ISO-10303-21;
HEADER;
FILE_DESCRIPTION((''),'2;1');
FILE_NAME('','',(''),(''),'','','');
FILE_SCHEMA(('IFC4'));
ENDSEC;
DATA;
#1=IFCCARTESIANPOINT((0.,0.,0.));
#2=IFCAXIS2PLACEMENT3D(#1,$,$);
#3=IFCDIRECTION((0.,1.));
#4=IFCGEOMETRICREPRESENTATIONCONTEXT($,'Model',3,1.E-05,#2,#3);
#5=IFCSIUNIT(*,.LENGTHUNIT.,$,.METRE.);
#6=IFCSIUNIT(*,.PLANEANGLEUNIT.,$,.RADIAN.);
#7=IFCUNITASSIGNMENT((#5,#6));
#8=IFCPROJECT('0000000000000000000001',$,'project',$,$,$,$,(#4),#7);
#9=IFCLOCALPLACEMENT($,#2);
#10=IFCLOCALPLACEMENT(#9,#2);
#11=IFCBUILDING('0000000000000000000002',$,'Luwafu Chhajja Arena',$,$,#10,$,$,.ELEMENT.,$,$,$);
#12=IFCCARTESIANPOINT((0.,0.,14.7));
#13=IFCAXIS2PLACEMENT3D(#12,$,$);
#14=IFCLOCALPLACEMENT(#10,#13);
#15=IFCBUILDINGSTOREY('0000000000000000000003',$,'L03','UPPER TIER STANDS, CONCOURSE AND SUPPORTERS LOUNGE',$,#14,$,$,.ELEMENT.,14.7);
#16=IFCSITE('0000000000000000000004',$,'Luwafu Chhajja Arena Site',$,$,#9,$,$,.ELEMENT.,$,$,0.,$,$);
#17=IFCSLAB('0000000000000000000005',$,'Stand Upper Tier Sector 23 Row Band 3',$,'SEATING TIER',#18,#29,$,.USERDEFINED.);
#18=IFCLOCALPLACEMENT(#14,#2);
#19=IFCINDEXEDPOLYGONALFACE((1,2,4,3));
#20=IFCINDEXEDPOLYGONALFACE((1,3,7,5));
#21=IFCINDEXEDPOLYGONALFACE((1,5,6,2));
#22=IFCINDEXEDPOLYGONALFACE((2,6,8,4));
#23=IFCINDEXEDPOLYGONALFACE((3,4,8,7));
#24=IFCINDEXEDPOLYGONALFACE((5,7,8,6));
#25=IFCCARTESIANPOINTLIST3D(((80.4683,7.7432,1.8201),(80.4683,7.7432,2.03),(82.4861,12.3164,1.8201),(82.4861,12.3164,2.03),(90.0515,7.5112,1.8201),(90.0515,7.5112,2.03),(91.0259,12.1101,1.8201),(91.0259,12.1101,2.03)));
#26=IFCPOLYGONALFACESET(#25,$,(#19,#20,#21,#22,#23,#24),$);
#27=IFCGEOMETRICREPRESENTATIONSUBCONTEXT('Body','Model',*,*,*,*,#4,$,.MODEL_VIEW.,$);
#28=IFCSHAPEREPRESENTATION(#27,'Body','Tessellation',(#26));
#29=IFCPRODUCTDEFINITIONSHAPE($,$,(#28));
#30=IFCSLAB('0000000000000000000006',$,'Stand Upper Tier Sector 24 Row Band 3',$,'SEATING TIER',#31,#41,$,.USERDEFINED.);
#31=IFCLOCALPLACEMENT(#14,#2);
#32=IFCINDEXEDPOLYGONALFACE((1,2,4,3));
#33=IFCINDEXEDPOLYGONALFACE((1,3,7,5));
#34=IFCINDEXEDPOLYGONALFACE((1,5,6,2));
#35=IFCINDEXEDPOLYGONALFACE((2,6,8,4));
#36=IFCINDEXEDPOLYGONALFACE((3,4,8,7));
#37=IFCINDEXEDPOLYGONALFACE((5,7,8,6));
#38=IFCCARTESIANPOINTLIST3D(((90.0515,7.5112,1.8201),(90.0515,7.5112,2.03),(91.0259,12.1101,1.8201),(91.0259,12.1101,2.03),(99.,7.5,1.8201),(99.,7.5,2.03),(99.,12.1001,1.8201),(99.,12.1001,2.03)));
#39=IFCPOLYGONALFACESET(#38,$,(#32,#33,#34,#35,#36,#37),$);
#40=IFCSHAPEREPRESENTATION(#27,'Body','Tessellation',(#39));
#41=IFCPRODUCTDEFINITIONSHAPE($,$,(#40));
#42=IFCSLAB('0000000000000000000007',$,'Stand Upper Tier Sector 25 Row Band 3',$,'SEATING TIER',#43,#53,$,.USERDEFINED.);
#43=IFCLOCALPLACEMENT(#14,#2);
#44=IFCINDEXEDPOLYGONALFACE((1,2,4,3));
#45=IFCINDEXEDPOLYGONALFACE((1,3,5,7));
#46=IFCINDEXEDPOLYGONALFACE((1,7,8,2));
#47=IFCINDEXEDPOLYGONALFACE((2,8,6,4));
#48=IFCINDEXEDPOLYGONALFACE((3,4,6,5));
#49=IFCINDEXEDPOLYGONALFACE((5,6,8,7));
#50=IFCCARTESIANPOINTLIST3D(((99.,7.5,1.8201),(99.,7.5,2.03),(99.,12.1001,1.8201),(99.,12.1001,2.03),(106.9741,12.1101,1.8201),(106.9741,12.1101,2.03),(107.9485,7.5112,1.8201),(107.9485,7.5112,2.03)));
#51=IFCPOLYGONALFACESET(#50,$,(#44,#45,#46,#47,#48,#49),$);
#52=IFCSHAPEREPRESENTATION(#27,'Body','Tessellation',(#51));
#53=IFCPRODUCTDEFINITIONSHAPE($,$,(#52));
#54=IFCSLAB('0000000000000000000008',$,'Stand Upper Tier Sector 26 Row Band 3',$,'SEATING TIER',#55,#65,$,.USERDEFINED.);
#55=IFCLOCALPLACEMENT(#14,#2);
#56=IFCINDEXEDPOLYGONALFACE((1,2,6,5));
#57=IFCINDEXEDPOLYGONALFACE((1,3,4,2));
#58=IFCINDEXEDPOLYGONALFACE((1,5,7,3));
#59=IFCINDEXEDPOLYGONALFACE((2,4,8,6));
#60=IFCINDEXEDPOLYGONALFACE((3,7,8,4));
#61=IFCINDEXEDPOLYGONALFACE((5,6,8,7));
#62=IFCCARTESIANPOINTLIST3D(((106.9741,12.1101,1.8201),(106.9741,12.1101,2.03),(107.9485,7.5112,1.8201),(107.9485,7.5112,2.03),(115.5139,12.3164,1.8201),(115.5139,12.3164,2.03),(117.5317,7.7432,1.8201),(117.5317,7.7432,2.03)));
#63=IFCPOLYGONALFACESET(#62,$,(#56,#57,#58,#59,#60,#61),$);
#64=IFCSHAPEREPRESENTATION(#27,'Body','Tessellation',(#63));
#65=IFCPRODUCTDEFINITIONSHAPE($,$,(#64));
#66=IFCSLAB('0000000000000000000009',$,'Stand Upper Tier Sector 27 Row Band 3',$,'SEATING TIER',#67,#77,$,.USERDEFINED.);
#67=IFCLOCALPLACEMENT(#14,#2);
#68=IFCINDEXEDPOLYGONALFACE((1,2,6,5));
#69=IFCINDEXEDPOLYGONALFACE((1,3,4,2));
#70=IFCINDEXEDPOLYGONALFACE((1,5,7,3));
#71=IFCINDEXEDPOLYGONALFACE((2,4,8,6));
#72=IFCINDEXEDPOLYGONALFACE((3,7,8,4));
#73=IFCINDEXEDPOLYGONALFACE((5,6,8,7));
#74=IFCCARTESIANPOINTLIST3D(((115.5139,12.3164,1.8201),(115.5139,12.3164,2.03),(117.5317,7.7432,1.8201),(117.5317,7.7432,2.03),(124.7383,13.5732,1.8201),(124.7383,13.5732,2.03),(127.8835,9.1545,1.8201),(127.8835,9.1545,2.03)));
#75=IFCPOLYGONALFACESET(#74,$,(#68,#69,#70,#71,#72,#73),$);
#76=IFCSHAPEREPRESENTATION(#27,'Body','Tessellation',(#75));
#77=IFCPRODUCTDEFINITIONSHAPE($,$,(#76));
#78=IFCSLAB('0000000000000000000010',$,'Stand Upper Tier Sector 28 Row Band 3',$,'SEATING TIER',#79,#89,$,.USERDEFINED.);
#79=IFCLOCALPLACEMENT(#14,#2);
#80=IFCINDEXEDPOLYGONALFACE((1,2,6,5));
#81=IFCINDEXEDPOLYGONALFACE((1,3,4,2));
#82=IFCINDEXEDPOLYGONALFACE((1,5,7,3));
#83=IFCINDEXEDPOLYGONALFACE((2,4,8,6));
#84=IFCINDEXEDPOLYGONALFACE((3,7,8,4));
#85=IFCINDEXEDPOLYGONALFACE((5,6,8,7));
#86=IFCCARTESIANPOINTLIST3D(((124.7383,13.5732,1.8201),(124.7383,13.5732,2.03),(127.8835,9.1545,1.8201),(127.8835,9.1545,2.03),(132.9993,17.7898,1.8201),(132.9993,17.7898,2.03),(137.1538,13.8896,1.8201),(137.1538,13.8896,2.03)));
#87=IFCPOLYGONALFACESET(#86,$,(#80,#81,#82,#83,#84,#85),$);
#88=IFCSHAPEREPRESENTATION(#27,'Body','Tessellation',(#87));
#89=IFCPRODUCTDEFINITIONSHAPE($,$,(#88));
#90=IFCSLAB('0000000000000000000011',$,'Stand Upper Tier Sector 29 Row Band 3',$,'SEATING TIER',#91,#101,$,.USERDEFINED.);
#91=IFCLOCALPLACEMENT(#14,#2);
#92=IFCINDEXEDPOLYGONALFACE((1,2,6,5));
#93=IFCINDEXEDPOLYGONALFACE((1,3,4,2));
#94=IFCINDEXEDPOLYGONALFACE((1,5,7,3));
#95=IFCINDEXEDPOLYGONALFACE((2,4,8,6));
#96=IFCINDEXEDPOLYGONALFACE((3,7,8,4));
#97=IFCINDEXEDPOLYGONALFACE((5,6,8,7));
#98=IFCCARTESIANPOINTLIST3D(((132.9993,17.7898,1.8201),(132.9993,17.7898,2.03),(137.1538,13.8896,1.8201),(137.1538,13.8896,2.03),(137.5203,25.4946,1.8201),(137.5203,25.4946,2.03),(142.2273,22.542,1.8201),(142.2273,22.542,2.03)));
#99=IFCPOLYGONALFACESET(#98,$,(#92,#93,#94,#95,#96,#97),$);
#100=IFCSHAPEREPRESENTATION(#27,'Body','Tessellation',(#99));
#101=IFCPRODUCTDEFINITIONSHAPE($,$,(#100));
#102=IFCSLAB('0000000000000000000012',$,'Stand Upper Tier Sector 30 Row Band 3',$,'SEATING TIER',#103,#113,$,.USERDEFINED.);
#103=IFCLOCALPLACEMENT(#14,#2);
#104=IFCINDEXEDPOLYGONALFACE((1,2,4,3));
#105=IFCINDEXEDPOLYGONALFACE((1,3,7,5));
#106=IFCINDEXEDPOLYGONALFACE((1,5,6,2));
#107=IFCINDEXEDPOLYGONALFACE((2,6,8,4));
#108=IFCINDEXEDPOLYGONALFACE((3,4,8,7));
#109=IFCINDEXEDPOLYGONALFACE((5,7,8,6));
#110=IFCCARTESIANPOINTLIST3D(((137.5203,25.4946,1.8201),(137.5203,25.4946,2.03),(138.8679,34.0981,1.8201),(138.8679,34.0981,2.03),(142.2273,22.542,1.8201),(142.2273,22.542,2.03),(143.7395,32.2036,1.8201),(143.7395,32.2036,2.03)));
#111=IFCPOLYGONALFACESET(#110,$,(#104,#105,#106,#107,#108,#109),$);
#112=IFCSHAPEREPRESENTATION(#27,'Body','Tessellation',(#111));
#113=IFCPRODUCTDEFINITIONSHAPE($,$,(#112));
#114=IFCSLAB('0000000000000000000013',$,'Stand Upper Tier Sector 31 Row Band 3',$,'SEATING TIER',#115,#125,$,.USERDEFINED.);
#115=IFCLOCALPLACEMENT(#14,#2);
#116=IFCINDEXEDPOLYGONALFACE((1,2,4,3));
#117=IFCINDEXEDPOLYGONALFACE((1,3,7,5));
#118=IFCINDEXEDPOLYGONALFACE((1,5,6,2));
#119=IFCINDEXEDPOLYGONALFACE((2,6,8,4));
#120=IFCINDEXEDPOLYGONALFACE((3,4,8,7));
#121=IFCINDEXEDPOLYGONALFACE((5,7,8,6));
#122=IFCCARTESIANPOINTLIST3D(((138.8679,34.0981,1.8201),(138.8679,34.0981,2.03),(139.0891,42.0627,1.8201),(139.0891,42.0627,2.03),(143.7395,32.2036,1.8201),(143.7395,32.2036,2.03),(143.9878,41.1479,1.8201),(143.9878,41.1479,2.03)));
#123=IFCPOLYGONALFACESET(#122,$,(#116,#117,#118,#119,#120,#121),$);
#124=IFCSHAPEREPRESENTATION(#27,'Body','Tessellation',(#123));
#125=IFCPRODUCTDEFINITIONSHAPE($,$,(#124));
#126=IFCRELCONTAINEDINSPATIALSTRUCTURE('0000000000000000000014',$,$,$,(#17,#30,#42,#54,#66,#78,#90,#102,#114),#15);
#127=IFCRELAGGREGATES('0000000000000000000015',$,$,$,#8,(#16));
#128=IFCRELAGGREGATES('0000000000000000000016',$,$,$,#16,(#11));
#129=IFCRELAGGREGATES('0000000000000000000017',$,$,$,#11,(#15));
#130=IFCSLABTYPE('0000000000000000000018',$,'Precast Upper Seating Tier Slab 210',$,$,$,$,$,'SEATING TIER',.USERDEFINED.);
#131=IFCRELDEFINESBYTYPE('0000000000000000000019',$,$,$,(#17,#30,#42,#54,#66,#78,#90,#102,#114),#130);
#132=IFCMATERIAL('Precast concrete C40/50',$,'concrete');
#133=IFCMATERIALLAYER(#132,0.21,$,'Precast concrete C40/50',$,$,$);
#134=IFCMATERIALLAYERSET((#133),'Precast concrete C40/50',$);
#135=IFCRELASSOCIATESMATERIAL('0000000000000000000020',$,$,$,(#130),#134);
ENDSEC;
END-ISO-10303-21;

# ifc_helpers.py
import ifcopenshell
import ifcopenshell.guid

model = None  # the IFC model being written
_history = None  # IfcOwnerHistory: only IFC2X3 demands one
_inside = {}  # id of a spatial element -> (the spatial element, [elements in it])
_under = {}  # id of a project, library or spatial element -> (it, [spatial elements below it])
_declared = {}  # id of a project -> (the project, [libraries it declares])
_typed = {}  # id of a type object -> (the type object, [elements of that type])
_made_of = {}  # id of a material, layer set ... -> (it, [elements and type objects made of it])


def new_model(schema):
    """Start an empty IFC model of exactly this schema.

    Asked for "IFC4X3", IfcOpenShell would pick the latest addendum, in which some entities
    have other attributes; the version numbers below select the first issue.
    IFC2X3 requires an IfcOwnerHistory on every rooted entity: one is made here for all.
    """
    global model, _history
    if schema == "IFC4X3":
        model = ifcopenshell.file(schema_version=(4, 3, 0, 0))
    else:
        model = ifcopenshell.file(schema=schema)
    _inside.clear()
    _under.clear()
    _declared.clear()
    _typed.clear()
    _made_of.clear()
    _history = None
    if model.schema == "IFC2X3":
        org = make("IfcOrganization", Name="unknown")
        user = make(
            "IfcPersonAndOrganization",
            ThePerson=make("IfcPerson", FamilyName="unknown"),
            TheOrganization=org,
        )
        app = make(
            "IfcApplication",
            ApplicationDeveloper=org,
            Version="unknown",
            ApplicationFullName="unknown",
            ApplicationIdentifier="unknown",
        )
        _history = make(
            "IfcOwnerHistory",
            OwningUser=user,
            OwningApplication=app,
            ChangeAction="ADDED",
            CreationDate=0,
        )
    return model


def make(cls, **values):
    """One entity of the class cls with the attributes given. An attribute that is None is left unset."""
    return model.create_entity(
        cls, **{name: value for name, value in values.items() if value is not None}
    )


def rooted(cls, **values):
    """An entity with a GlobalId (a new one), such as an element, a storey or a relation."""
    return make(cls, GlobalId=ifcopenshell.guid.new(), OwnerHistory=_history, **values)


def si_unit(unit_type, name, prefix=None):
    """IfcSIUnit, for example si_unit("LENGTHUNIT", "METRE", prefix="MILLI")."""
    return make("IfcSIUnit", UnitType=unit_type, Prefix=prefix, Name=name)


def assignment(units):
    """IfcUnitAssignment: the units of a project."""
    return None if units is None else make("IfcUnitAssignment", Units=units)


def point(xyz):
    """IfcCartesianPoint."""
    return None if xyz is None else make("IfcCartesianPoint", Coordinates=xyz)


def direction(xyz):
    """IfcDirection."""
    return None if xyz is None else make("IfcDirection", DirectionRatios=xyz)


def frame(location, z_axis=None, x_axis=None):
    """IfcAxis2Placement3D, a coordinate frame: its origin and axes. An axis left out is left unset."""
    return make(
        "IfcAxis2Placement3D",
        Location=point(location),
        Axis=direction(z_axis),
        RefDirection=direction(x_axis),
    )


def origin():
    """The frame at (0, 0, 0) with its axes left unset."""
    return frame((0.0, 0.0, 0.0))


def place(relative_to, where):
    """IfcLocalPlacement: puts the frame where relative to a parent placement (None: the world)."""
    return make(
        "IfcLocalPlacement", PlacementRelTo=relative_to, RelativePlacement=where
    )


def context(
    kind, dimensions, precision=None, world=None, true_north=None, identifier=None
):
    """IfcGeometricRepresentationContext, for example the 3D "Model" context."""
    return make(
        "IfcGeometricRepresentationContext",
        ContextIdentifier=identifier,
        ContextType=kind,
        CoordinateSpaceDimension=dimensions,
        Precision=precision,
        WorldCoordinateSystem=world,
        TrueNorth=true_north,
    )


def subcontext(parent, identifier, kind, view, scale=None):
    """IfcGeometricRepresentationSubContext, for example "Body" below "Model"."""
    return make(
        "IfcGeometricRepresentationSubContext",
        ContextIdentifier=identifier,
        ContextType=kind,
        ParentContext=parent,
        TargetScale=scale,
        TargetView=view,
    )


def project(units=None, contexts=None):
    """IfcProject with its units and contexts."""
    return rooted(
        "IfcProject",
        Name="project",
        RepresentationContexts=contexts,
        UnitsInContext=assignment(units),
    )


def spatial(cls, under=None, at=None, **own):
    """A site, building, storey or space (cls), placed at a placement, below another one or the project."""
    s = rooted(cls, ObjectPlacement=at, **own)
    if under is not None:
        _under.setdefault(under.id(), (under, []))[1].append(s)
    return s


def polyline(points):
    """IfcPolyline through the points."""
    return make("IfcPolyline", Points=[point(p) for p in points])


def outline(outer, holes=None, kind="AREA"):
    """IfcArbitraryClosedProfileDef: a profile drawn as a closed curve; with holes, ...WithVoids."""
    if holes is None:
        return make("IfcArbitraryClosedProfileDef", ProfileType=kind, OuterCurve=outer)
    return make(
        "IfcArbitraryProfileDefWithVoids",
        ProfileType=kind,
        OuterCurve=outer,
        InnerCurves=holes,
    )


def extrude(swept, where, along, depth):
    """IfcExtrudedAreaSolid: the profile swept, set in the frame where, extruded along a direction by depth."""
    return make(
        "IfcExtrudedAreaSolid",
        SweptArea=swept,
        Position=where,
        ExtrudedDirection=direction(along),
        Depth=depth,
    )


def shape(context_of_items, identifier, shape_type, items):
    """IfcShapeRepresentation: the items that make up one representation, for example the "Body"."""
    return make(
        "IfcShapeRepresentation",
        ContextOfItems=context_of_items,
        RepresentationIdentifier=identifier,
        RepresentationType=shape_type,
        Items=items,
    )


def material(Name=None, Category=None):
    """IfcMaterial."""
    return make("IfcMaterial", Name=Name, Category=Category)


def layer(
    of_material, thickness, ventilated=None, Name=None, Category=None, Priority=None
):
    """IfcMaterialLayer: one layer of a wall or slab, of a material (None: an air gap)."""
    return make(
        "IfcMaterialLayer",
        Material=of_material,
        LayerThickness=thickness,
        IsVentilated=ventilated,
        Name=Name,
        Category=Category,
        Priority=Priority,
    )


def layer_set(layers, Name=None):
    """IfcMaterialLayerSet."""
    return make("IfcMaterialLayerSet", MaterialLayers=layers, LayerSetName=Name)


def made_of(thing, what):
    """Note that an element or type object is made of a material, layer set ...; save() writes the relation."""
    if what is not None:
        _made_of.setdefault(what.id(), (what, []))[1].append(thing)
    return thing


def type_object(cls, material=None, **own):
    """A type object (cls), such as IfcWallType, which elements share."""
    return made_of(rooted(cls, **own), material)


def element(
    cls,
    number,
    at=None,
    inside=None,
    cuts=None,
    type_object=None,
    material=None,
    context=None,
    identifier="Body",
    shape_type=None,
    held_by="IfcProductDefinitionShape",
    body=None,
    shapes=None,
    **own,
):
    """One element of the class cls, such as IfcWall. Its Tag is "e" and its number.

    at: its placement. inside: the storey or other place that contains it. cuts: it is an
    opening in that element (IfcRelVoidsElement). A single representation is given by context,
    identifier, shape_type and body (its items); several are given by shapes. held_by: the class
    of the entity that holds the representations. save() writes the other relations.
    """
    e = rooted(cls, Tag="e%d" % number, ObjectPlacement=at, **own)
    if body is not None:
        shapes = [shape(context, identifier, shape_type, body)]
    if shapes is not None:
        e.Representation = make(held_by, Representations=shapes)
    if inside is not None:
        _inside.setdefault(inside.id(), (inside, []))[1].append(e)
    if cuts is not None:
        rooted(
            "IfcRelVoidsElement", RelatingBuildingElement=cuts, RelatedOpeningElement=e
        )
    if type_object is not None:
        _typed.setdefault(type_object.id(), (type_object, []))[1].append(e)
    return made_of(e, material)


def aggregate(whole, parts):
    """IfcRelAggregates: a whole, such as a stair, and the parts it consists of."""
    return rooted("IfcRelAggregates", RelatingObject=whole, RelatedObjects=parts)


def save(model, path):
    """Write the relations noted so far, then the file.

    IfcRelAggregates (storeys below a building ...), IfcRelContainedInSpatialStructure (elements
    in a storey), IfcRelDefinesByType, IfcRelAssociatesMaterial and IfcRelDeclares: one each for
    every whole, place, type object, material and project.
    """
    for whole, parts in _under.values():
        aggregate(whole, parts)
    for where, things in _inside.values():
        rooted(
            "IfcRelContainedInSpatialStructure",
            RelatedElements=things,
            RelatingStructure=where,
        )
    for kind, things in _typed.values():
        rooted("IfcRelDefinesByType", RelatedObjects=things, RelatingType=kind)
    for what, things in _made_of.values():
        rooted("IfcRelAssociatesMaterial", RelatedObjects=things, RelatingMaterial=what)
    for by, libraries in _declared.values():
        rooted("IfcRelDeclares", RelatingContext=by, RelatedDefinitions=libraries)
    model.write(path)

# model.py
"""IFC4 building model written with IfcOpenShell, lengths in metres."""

from ifc_helpers import new_model, si_unit, direction, frame, origin, place, context, subcontext, project, spatial, polyline, outline, extrude, material, layer, layer_set, type_object, element, save


model = new_model("IFC4")

# Units and contexts
model_context = context("Model", 3, precision=1e-05, world=origin(), true_north=direction((0.0, 1.0)))
body_context = subcontext(model_context, "Body", "Model", "MODEL_VIEW")
ifc_project = project(units=[si_unit("LENGTHUNIT", "METRE"), si_unit("PLANEANGLEUNIT", "RADIAN")], contexts=[model_context])

# Site, building, storey
site_placement = place(None, origin())
site = spatial("IfcSite", under=ifc_project, at=site_placement, Name="Luwafu Chhajja Arena Site", CompositionType="ELEMENT", RefElevation=0.0)
building_placement = place(site_placement, origin())
building = spatial("IfcBuilding", under=site, at=building_placement, Name="Luwafu Chhajja Arena", CompositionType="ELEMENT")
storey_placement = place(building_placement, frame((0.0, 0.0, 14.7)))
storey = spatial("IfcBuildingStorey", under=building, at=storey_placement, Name="L03", Description="UPPER TIER STANDS, CONCOURSE AND SUPPORTERS LOUNGE", CompositionType="ELEMENT", Elevation=14.7)

# Slabs
ifc_material = material(Name="Precast concrete C40/50", Category="concrete")
ifc_layer = layer(ifc_material, 0.21, Name="Precast concrete C40/50")
ifc_layer_set = layer_set([ifc_layer], Name="Precast concrete C40/50")
slab_type = type_object("IfcSlabType", Name="Precast Upper Seating Tier Slab 210", ElementType="SEATING TIER", PredefinedType="USERDEFINED", material=ifc_layer_set)
slab_1_placement = place(storey_placement, frame((0.0, 0.0, 1.8201)))
element("IfcSlab", 1, at=slab_1_placement, inside=storey, type_object=slab_type, Name="Stand Upper Tier Sector 23 Row Band 3", ObjectType="SEATING TIER", PredefinedType="USERDEFINED", context=body_context, shape_type="SweptSolid", body=[
    extrude(outline(polyline([(82.4861, 12.3164), (91.0259, 12.1101), (90.0515, 7.5112), (80.4683, 7.7432), (82.4861, 12.3164)])), origin(), (0.0, 0.0, 1.0), 0.21),
])
slab_2_placement = place(storey_placement, frame((0.0, 0.0, 1.8201)))
element("IfcSlab", 2, at=slab_2_placement, inside=storey, type_object=slab_type, Name="Stand Upper Tier Sector 24 Row Band 3", ObjectType="SEATING TIER", PredefinedType="USERDEFINED", context=body_context, shape_type="SweptSolid", body=[
    extrude(outline(polyline([(91.0259, 12.1101), (99.0, 12.1001), (99.0, 7.5), (90.0515, 7.5112), (91.0259, 12.1101)])), origin(), (0.0, 0.0, 1.0), 0.21),
])
slab_3_placement = place(storey_placement, frame((0.0, 0.0, 1.8201)))
element("IfcSlab", 3, at=slab_3_placement, inside=storey, type_object=slab_type, Name="Stand Upper Tier Sector 25 Row Band 3", ObjectType="SEATING TIER", PredefinedType="USERDEFINED", context=body_context, shape_type="SweptSolid", body=[
    extrude(outline(polyline([(99.0, 12.1001), (106.9741, 12.1101), (107.9485, 7.5112), (99.0, 7.5), (99.0, 12.1001)])), origin(), (0.0, 0.0, 1.0), 0.21),
])
slab_4_placement = place(storey_placement, frame((0.0, 0.0, 1.8201)))
element("IfcSlab", 4, at=slab_4_placement, inside=storey, type_object=slab_type, Name="Stand Upper Tier Sector 26 Row Band 3", ObjectType="SEATING TIER", PredefinedType="USERDEFINED", context=body_context, shape_type="SweptSolid", body=[
    extrude(outline(polyline([(106.9741, 12.1101), (115.5139, 12.3164), (117.5317, 7.7432), (107.9485, 7.5112), (106.9741, 12.1101)])), origin(), (0.0, 0.0, 1.0), 0.21),
])
slab_5_placement = place(storey_placement, frame((0.0, 0.0, 1.8201)))
element("IfcSlab", 5, at=slab_5_placement, inside=storey, type_object=slab_type, Name="Stand Upper Tier Sector 27 Row Band 3", ObjectType="SEATING TIER", PredefinedType="USERDEFINED", context=body_context, shape_type="SweptSolid", body=[
    extrude(outline(polyline([(115.5139, 12.3164), (124.7383, 13.5732), (127.8835, 9.1545), (117.5317, 7.7432), (115.5139, 12.3164)])), origin(), (0.0, 0.0, 1.0), 0.21),
])
slab_6_placement = place(storey_placement, frame((0.0, 0.0, 1.8201)))
element("IfcSlab", 6, at=slab_6_placement, inside=storey, type_object=slab_type, Name="Stand Upper Tier Sector 28 Row Band 3", ObjectType="SEATING TIER", PredefinedType="USERDEFINED", context=body_context, shape_type="SweptSolid", body=[
    extrude(outline(polyline([(124.7383, 13.5732), (132.9993, 17.7898), (137.1538, 13.8896), (127.8835, 9.1545), (124.7383, 13.5732)])), origin(), (0.0, 0.0, 1.0), 0.21),
])
slab_7_placement = place(storey_placement, frame((0.0, 0.0, 1.8201)))
element("IfcSlab", 7, at=slab_7_placement, inside=storey, type_object=slab_type, Name="Stand Upper Tier Sector 29 Row Band 3", ObjectType="SEATING TIER", PredefinedType="USERDEFINED", context=body_context, shape_type="SweptSolid", body=[
    extrude(outline(polyline([(132.9993, 17.7898), (137.5203, 25.4946), (142.2273, 22.542), (137.1538, 13.8896), (132.9993, 17.7898)])), origin(), (0.0, 0.0, 1.0), 0.21),
])
slab_8_placement = place(storey_placement, frame((0.0, 0.0, 1.8201)))
element("IfcSlab", 8, at=slab_8_placement, inside=storey, type_object=slab_type, Name="Stand Upper Tier Sector 30 Row Band 3", ObjectType="SEATING TIER", PredefinedType="USERDEFINED", context=body_context, shape_type="SweptSolid", body=[
    extrude(outline(polyline([(137.5203, 25.4946), (138.8679, 34.0981), (143.7395, 32.2036), (142.2273, 22.542), (137.5203, 25.4946)])), origin(), (0.0, 0.0, 1.0), 0.21),
])
slab_9_placement = place(storey_placement, frame((0.0, 0.0, 1.8201)))
element("IfcSlab", 9, at=slab_9_placement, inside=storey, type_object=slab_type, Name="Stand Upper Tier Sector 31 Row Band 3", ObjectType="SEATING TIER", PredefinedType="USERDEFINED", context=body_context, shape_type="SweptSolid", body=[
    extrude(outline(polyline([(138.8679, 34.0981), (139.0891, 42.0627), (143.9878, 41.1479), (143.7395, 32.2036), (138.8679, 34.0981)])), origin(), (0.0, 0.0, 1.0), 0.21),
])

save(model, "model.ifc")
